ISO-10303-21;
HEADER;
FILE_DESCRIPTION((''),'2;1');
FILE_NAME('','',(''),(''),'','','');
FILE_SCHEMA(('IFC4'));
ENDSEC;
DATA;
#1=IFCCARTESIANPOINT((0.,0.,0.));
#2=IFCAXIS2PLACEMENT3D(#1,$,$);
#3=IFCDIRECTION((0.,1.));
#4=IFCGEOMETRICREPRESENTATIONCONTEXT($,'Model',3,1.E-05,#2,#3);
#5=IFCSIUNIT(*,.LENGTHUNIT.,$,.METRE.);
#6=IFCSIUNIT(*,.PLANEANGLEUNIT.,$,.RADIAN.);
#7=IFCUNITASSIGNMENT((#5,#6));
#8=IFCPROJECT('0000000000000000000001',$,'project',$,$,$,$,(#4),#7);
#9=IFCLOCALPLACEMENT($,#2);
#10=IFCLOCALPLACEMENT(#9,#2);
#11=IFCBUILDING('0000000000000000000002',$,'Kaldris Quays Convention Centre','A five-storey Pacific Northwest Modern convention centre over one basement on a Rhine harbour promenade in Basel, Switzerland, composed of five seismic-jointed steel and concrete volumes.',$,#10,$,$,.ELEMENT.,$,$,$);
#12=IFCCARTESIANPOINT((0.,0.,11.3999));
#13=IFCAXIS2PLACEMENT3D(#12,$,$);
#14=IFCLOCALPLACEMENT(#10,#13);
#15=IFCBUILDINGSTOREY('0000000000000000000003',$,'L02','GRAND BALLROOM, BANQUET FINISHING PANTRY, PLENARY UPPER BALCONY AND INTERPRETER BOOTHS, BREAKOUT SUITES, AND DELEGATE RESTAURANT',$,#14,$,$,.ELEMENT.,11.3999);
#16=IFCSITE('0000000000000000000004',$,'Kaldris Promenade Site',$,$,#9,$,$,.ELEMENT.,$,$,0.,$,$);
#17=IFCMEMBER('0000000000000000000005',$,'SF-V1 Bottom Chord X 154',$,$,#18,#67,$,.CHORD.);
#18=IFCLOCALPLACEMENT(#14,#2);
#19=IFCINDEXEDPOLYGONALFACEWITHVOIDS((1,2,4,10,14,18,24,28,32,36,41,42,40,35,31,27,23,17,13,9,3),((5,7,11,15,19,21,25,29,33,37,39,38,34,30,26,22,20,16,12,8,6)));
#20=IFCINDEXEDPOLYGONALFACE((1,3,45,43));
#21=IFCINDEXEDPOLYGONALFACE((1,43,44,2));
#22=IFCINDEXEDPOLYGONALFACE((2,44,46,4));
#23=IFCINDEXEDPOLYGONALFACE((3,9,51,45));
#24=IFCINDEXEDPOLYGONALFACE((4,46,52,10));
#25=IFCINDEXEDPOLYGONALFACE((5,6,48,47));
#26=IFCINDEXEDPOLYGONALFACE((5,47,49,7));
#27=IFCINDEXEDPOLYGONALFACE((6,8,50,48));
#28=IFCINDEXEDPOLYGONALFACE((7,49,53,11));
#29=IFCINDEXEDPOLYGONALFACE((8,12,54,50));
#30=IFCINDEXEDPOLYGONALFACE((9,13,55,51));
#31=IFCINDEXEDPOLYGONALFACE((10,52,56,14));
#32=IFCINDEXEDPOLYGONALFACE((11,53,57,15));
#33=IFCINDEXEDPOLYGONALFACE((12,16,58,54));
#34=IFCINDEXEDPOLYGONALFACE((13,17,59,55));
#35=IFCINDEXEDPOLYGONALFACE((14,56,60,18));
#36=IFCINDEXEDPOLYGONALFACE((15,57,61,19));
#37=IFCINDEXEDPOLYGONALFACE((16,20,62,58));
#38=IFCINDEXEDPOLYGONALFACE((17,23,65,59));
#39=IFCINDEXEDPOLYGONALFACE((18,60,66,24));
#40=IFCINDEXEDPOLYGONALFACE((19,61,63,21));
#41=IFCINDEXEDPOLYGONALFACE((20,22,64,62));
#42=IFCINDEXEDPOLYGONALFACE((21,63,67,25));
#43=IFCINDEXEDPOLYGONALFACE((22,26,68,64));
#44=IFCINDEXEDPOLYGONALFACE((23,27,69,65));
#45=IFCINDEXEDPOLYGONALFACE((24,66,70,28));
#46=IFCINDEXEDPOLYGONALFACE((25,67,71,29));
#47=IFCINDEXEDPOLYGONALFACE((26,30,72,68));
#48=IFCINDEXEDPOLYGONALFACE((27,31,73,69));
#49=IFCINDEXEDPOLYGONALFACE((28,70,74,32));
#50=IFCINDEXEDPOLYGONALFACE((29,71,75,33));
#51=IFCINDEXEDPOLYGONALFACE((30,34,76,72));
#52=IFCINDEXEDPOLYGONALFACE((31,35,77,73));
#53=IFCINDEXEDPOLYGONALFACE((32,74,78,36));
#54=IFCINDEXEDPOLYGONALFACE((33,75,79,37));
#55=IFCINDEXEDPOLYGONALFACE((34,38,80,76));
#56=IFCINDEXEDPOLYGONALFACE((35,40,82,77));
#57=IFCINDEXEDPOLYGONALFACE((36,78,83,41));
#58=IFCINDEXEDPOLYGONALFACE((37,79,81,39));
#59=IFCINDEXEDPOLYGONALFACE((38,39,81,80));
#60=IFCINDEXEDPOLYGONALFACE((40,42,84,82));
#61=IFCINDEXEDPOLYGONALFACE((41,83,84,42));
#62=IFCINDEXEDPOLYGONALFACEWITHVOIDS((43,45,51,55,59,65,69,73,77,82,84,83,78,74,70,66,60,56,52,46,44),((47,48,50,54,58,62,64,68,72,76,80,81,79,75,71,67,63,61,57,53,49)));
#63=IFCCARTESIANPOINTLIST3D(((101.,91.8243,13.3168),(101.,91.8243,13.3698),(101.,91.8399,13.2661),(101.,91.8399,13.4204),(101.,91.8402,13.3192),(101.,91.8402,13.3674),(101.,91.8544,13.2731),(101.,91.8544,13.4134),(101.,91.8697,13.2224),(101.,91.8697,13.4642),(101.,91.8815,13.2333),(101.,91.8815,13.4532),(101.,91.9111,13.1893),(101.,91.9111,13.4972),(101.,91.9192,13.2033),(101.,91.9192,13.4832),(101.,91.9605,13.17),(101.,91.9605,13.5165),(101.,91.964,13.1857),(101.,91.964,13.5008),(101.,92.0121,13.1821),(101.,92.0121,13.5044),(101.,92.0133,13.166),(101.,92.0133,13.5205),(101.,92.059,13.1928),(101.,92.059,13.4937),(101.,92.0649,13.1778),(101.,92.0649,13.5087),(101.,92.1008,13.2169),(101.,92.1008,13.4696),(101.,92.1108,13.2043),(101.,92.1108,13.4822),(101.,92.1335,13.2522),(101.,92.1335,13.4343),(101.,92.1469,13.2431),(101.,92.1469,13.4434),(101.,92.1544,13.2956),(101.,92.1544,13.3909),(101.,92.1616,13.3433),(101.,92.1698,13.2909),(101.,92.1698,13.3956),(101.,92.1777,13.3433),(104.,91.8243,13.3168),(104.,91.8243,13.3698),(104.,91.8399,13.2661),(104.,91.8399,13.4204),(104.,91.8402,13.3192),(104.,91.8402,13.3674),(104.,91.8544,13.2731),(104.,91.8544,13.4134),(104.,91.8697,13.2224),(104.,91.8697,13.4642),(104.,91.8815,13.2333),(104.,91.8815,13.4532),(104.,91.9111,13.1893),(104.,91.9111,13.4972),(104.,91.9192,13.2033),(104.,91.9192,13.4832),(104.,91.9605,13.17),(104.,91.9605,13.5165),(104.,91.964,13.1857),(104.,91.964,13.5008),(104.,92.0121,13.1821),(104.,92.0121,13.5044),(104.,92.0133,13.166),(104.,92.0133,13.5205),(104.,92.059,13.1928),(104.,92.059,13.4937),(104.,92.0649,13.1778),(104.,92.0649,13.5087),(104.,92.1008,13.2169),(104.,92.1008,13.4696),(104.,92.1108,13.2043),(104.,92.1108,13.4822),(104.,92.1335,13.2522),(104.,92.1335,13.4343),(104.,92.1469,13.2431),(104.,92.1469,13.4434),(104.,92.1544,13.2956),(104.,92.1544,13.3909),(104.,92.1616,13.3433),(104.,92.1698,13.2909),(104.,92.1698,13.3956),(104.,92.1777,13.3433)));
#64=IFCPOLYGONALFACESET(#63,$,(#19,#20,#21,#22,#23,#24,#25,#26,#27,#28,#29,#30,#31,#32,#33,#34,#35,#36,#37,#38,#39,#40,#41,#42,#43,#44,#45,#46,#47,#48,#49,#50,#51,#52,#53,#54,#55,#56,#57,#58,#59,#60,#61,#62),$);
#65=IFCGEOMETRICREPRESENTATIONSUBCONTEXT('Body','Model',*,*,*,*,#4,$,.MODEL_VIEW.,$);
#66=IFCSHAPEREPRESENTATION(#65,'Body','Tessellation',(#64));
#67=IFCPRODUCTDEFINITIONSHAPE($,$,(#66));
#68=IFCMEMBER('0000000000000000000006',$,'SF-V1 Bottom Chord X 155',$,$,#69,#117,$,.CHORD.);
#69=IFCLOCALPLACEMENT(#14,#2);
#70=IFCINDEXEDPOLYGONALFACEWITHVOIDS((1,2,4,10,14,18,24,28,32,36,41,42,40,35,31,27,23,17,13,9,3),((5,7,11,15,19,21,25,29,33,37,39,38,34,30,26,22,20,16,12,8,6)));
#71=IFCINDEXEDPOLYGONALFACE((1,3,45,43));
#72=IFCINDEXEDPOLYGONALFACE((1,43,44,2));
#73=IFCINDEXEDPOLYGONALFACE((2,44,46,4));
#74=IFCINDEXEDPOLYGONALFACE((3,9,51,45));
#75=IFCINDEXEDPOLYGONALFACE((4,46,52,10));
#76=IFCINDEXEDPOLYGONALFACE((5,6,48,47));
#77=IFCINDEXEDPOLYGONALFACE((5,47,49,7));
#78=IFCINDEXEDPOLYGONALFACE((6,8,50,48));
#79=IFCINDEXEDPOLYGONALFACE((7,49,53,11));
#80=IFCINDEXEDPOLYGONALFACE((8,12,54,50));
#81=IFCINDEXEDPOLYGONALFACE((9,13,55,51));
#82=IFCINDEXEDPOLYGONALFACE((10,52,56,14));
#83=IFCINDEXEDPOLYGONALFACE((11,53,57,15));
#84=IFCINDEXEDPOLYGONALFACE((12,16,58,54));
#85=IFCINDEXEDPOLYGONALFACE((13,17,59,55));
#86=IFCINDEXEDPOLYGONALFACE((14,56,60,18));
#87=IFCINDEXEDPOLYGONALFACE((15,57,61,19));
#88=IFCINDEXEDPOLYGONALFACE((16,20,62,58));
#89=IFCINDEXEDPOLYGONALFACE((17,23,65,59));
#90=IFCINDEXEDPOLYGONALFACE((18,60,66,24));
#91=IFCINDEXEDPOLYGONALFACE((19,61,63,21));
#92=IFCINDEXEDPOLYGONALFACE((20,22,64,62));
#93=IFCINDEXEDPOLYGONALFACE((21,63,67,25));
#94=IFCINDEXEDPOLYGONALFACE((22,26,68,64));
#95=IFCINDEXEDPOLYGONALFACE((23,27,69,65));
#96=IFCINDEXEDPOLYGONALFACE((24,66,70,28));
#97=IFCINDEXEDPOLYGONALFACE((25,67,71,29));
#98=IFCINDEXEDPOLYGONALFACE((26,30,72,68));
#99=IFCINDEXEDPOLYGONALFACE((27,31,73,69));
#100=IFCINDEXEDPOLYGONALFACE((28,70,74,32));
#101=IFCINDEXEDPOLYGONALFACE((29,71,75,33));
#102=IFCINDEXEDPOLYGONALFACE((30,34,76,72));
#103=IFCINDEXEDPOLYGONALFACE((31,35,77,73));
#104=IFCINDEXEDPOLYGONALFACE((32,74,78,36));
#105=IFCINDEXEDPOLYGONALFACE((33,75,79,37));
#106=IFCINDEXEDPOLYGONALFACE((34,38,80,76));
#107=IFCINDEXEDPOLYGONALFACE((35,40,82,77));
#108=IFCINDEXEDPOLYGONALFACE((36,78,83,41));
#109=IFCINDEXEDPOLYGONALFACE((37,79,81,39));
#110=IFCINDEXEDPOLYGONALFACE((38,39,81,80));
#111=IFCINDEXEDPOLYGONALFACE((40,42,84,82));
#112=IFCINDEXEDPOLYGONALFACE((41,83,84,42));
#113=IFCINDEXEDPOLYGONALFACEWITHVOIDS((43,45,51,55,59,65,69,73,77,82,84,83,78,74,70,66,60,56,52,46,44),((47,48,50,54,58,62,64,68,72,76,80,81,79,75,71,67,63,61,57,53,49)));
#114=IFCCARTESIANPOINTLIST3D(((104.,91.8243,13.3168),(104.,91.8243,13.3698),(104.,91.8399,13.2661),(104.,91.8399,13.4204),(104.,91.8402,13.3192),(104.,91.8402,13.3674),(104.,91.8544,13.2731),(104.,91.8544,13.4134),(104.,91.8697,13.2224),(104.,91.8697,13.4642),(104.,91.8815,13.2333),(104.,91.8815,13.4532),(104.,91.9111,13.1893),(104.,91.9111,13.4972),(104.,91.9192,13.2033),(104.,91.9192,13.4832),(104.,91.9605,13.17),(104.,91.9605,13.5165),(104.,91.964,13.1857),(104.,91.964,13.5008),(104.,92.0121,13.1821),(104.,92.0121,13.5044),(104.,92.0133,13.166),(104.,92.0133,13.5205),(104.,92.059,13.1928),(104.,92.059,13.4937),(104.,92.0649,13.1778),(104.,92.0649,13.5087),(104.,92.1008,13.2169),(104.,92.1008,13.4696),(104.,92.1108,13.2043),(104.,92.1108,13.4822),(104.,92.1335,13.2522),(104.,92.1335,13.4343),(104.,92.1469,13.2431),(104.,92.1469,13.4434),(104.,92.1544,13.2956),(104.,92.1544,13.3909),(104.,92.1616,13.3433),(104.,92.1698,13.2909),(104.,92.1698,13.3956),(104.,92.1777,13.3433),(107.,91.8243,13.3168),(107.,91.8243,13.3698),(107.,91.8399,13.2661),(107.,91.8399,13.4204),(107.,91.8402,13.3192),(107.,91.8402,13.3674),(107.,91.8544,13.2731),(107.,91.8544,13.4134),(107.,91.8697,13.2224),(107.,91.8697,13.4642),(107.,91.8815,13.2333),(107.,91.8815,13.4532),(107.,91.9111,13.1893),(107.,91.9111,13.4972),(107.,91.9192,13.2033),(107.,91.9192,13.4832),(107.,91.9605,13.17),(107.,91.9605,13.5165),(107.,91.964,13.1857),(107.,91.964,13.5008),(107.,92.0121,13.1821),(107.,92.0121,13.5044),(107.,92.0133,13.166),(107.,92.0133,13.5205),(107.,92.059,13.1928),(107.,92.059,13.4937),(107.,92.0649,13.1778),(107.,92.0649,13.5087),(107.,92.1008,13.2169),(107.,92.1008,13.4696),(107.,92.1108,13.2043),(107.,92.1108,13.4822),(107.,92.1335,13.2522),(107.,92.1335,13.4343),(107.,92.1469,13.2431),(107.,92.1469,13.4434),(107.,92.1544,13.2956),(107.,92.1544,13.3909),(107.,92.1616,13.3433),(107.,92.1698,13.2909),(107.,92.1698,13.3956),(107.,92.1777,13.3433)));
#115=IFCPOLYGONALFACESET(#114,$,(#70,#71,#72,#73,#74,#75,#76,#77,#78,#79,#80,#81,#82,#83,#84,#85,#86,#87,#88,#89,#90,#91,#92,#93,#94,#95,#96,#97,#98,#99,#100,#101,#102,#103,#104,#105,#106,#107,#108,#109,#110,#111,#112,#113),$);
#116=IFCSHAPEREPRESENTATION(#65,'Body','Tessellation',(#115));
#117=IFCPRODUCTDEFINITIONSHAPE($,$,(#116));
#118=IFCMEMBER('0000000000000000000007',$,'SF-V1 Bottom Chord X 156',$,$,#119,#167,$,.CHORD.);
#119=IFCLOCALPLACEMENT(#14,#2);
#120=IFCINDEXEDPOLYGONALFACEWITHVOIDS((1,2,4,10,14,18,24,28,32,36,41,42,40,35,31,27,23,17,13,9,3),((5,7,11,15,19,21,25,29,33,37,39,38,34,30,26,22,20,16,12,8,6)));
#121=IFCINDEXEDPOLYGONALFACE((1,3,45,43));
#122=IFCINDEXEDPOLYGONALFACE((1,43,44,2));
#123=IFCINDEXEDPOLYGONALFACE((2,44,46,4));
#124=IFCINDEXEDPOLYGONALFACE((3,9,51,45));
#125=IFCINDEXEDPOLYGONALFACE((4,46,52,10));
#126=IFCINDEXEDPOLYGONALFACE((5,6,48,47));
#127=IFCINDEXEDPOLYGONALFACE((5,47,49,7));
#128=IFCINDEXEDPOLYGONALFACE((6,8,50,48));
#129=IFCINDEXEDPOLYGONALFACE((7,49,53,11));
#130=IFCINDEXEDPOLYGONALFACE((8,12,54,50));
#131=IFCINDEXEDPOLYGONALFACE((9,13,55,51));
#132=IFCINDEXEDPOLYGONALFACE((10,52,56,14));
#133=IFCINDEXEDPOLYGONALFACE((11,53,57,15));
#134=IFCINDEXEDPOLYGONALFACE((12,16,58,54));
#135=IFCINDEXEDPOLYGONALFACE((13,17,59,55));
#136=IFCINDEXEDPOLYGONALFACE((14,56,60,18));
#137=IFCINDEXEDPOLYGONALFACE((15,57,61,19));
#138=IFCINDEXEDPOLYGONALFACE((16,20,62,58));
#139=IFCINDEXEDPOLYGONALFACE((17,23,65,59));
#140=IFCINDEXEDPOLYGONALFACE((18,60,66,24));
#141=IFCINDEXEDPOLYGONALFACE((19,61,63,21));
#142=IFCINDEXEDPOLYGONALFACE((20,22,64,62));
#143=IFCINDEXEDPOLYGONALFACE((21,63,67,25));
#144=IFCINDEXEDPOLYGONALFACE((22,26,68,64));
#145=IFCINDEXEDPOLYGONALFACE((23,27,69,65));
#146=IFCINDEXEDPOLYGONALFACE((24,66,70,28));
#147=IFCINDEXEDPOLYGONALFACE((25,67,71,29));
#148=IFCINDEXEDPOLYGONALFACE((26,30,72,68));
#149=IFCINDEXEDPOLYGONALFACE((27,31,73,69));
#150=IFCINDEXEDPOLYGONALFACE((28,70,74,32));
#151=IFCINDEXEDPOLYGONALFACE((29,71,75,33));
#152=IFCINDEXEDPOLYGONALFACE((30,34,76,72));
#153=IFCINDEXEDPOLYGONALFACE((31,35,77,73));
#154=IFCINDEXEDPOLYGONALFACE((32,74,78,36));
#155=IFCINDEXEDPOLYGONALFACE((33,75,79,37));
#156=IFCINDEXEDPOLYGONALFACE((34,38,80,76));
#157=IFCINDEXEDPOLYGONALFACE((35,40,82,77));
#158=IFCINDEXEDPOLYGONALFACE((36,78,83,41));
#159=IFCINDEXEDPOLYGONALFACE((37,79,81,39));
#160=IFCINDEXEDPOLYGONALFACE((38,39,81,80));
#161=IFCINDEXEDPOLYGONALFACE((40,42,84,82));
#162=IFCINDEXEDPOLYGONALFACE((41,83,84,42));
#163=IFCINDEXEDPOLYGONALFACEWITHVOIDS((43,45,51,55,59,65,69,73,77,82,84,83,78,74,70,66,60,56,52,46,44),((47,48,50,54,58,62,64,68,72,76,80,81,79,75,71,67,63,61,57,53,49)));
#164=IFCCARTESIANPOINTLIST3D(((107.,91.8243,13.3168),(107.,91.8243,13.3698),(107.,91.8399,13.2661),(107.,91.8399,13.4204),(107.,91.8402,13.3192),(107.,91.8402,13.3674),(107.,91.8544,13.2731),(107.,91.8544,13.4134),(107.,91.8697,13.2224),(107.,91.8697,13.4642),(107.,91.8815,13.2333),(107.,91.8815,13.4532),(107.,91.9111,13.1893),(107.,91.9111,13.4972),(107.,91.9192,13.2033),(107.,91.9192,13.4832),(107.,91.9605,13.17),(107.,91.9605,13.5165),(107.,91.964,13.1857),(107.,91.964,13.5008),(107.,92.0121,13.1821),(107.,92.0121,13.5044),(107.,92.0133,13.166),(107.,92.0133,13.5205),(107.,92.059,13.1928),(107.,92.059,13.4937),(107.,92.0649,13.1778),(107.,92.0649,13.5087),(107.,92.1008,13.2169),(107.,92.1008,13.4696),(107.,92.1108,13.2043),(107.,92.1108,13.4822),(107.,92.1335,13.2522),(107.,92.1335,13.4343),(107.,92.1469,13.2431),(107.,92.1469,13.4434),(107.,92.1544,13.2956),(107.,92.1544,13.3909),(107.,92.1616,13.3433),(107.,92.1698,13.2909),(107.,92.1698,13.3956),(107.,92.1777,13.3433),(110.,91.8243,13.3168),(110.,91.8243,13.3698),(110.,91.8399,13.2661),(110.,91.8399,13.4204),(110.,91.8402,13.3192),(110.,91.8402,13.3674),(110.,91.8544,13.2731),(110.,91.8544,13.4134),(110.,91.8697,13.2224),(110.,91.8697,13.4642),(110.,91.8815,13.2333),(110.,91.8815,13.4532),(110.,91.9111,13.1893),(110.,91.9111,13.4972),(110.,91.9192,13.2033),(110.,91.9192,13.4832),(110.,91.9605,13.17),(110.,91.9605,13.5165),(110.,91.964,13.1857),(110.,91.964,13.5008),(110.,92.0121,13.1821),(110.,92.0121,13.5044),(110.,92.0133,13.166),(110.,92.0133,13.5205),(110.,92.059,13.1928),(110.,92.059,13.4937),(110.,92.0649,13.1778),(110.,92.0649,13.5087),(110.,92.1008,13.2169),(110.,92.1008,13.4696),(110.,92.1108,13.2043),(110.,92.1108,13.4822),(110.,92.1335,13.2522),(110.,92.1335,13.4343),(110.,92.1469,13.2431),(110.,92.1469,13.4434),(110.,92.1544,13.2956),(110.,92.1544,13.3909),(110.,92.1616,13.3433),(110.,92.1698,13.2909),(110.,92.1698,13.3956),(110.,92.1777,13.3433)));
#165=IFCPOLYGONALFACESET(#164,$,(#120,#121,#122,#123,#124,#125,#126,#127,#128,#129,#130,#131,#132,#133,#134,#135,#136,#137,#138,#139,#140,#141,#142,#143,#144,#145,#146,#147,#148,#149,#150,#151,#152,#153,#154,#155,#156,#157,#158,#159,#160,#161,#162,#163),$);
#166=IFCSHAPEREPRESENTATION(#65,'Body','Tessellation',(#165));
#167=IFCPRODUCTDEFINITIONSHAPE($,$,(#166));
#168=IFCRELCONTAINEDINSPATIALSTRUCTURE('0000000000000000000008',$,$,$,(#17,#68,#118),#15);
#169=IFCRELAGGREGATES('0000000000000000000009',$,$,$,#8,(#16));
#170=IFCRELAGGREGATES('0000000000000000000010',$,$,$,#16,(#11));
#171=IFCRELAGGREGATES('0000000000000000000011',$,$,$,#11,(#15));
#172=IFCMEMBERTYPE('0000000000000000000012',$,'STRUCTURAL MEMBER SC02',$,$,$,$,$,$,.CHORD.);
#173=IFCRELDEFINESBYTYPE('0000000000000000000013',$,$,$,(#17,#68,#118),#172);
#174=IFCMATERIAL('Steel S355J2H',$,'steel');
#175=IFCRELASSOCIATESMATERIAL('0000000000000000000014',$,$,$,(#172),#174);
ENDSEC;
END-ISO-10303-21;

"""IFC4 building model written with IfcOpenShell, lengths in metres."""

from ifc_helpers import new_model, si_unit, direction, frame, origin, origin_2d, place, context, subcontext, project, spatial, hollow_circle, extrude, material, material_profile, profile_set, type_object, element, save


model = new_model("IFC4")

# Units and contexts
model_context = context("Model", 3, precision=1e-05, world=origin(), true_north=direction((0.0, 1.0)))
body_context = subcontext(model_context, "Body", "Model", "MODEL_VIEW")
ifc_project = project(units=[si_unit("LENGTHUNIT", "METRE"), si_unit("PLANEANGLEUNIT", "RADIAN")], contexts=[model_context])

# Site, building, storey
site_placement = place(None, origin())
site = spatial("IfcSite", under=ifc_project, at=site_placement, Name="Kaldris Promenade Site", CompositionType="ELEMENT", RefElevation=0.0)
building_placement = place(site_placement, origin())
building = spatial("IfcBuilding", under=site, at=building_placement, Name="Kaldris Quays Convention Centre", Description="A five-storey Pacific Northwest Modern convention centre over one basement on a Rhine harbour promenade in Basel, Switzerland, composed of five seismic-jointed steel and concrete volumes.", CompositionType="ELEMENT")
storey_placement = place(building_placement, frame((0.0, 0.0, 11.3999)))
storey = spatial("IfcBuildingStorey", under=building, at=storey_placement, Name="L02", Description="GRAND BALLROOM, BANQUET FINISHING PANTRY, PLENARY UPPER BALCONY AND INTERPRETER BOOTHS, BREAKOUT SUITES, AND DELEGATE RESTAURANT", CompositionType="ELEMENT", Elevation=11.3999)

# Members
ifc_material_1 = material(Name="Steel S355J2H", Category="steel")
ifc_material_profile_1 = material_profile(ifc_material_1, hollow_circle(Radius=0.1777, WallThickness=0.0161, at=origin_2d()), Name="CHS 355.6x16")
ifc_profile_set_1 = profile_set([ifc_material_profile_1], Name="Steel S355J2H")
member_type_1 = type_object("IfcMemberType", Name="STRUCTURAL MEMBER SC02", PredefinedType="CHORD", material=ifc_profile_set_1)
for number, where, z_axis, x_axis, name in (
    (1, (101.0, 92.0, 13.3433), (1.0, 0.0, 0.0), (0.0, 1.0, 0.0), "SF-V1 Bottom Chord X 154"),
    (2, (104.0, 92.0, 13.3433), (1.0, 0.0, 0.0), (0.0, 1.0, 0.0), "SF-V1 Bottom Chord X 155"),
    (3, (107.0, 92.0, 13.3433), (1.0, 0.0, 0.0), (0.0, 1.0, 0.0), "SF-V1 Bottom Chord X 156"),
):
    element("IfcMember", number, at=place(storey_placement, frame(where, z_axis=z_axis, x_axis=x_axis)), inside=storey, type_object=member_type_1, Name=name, PredefinedType="CHORD", context=body_context, shape_type="SweptSolid", body=[
        extrude(hollow_circle(Radius=0.1777, WallThickness=0.0161, at=origin_2d()), origin(), (0.0, 0.0, 1.0), 3.0),
    ])

save(model, "model.ifc")
